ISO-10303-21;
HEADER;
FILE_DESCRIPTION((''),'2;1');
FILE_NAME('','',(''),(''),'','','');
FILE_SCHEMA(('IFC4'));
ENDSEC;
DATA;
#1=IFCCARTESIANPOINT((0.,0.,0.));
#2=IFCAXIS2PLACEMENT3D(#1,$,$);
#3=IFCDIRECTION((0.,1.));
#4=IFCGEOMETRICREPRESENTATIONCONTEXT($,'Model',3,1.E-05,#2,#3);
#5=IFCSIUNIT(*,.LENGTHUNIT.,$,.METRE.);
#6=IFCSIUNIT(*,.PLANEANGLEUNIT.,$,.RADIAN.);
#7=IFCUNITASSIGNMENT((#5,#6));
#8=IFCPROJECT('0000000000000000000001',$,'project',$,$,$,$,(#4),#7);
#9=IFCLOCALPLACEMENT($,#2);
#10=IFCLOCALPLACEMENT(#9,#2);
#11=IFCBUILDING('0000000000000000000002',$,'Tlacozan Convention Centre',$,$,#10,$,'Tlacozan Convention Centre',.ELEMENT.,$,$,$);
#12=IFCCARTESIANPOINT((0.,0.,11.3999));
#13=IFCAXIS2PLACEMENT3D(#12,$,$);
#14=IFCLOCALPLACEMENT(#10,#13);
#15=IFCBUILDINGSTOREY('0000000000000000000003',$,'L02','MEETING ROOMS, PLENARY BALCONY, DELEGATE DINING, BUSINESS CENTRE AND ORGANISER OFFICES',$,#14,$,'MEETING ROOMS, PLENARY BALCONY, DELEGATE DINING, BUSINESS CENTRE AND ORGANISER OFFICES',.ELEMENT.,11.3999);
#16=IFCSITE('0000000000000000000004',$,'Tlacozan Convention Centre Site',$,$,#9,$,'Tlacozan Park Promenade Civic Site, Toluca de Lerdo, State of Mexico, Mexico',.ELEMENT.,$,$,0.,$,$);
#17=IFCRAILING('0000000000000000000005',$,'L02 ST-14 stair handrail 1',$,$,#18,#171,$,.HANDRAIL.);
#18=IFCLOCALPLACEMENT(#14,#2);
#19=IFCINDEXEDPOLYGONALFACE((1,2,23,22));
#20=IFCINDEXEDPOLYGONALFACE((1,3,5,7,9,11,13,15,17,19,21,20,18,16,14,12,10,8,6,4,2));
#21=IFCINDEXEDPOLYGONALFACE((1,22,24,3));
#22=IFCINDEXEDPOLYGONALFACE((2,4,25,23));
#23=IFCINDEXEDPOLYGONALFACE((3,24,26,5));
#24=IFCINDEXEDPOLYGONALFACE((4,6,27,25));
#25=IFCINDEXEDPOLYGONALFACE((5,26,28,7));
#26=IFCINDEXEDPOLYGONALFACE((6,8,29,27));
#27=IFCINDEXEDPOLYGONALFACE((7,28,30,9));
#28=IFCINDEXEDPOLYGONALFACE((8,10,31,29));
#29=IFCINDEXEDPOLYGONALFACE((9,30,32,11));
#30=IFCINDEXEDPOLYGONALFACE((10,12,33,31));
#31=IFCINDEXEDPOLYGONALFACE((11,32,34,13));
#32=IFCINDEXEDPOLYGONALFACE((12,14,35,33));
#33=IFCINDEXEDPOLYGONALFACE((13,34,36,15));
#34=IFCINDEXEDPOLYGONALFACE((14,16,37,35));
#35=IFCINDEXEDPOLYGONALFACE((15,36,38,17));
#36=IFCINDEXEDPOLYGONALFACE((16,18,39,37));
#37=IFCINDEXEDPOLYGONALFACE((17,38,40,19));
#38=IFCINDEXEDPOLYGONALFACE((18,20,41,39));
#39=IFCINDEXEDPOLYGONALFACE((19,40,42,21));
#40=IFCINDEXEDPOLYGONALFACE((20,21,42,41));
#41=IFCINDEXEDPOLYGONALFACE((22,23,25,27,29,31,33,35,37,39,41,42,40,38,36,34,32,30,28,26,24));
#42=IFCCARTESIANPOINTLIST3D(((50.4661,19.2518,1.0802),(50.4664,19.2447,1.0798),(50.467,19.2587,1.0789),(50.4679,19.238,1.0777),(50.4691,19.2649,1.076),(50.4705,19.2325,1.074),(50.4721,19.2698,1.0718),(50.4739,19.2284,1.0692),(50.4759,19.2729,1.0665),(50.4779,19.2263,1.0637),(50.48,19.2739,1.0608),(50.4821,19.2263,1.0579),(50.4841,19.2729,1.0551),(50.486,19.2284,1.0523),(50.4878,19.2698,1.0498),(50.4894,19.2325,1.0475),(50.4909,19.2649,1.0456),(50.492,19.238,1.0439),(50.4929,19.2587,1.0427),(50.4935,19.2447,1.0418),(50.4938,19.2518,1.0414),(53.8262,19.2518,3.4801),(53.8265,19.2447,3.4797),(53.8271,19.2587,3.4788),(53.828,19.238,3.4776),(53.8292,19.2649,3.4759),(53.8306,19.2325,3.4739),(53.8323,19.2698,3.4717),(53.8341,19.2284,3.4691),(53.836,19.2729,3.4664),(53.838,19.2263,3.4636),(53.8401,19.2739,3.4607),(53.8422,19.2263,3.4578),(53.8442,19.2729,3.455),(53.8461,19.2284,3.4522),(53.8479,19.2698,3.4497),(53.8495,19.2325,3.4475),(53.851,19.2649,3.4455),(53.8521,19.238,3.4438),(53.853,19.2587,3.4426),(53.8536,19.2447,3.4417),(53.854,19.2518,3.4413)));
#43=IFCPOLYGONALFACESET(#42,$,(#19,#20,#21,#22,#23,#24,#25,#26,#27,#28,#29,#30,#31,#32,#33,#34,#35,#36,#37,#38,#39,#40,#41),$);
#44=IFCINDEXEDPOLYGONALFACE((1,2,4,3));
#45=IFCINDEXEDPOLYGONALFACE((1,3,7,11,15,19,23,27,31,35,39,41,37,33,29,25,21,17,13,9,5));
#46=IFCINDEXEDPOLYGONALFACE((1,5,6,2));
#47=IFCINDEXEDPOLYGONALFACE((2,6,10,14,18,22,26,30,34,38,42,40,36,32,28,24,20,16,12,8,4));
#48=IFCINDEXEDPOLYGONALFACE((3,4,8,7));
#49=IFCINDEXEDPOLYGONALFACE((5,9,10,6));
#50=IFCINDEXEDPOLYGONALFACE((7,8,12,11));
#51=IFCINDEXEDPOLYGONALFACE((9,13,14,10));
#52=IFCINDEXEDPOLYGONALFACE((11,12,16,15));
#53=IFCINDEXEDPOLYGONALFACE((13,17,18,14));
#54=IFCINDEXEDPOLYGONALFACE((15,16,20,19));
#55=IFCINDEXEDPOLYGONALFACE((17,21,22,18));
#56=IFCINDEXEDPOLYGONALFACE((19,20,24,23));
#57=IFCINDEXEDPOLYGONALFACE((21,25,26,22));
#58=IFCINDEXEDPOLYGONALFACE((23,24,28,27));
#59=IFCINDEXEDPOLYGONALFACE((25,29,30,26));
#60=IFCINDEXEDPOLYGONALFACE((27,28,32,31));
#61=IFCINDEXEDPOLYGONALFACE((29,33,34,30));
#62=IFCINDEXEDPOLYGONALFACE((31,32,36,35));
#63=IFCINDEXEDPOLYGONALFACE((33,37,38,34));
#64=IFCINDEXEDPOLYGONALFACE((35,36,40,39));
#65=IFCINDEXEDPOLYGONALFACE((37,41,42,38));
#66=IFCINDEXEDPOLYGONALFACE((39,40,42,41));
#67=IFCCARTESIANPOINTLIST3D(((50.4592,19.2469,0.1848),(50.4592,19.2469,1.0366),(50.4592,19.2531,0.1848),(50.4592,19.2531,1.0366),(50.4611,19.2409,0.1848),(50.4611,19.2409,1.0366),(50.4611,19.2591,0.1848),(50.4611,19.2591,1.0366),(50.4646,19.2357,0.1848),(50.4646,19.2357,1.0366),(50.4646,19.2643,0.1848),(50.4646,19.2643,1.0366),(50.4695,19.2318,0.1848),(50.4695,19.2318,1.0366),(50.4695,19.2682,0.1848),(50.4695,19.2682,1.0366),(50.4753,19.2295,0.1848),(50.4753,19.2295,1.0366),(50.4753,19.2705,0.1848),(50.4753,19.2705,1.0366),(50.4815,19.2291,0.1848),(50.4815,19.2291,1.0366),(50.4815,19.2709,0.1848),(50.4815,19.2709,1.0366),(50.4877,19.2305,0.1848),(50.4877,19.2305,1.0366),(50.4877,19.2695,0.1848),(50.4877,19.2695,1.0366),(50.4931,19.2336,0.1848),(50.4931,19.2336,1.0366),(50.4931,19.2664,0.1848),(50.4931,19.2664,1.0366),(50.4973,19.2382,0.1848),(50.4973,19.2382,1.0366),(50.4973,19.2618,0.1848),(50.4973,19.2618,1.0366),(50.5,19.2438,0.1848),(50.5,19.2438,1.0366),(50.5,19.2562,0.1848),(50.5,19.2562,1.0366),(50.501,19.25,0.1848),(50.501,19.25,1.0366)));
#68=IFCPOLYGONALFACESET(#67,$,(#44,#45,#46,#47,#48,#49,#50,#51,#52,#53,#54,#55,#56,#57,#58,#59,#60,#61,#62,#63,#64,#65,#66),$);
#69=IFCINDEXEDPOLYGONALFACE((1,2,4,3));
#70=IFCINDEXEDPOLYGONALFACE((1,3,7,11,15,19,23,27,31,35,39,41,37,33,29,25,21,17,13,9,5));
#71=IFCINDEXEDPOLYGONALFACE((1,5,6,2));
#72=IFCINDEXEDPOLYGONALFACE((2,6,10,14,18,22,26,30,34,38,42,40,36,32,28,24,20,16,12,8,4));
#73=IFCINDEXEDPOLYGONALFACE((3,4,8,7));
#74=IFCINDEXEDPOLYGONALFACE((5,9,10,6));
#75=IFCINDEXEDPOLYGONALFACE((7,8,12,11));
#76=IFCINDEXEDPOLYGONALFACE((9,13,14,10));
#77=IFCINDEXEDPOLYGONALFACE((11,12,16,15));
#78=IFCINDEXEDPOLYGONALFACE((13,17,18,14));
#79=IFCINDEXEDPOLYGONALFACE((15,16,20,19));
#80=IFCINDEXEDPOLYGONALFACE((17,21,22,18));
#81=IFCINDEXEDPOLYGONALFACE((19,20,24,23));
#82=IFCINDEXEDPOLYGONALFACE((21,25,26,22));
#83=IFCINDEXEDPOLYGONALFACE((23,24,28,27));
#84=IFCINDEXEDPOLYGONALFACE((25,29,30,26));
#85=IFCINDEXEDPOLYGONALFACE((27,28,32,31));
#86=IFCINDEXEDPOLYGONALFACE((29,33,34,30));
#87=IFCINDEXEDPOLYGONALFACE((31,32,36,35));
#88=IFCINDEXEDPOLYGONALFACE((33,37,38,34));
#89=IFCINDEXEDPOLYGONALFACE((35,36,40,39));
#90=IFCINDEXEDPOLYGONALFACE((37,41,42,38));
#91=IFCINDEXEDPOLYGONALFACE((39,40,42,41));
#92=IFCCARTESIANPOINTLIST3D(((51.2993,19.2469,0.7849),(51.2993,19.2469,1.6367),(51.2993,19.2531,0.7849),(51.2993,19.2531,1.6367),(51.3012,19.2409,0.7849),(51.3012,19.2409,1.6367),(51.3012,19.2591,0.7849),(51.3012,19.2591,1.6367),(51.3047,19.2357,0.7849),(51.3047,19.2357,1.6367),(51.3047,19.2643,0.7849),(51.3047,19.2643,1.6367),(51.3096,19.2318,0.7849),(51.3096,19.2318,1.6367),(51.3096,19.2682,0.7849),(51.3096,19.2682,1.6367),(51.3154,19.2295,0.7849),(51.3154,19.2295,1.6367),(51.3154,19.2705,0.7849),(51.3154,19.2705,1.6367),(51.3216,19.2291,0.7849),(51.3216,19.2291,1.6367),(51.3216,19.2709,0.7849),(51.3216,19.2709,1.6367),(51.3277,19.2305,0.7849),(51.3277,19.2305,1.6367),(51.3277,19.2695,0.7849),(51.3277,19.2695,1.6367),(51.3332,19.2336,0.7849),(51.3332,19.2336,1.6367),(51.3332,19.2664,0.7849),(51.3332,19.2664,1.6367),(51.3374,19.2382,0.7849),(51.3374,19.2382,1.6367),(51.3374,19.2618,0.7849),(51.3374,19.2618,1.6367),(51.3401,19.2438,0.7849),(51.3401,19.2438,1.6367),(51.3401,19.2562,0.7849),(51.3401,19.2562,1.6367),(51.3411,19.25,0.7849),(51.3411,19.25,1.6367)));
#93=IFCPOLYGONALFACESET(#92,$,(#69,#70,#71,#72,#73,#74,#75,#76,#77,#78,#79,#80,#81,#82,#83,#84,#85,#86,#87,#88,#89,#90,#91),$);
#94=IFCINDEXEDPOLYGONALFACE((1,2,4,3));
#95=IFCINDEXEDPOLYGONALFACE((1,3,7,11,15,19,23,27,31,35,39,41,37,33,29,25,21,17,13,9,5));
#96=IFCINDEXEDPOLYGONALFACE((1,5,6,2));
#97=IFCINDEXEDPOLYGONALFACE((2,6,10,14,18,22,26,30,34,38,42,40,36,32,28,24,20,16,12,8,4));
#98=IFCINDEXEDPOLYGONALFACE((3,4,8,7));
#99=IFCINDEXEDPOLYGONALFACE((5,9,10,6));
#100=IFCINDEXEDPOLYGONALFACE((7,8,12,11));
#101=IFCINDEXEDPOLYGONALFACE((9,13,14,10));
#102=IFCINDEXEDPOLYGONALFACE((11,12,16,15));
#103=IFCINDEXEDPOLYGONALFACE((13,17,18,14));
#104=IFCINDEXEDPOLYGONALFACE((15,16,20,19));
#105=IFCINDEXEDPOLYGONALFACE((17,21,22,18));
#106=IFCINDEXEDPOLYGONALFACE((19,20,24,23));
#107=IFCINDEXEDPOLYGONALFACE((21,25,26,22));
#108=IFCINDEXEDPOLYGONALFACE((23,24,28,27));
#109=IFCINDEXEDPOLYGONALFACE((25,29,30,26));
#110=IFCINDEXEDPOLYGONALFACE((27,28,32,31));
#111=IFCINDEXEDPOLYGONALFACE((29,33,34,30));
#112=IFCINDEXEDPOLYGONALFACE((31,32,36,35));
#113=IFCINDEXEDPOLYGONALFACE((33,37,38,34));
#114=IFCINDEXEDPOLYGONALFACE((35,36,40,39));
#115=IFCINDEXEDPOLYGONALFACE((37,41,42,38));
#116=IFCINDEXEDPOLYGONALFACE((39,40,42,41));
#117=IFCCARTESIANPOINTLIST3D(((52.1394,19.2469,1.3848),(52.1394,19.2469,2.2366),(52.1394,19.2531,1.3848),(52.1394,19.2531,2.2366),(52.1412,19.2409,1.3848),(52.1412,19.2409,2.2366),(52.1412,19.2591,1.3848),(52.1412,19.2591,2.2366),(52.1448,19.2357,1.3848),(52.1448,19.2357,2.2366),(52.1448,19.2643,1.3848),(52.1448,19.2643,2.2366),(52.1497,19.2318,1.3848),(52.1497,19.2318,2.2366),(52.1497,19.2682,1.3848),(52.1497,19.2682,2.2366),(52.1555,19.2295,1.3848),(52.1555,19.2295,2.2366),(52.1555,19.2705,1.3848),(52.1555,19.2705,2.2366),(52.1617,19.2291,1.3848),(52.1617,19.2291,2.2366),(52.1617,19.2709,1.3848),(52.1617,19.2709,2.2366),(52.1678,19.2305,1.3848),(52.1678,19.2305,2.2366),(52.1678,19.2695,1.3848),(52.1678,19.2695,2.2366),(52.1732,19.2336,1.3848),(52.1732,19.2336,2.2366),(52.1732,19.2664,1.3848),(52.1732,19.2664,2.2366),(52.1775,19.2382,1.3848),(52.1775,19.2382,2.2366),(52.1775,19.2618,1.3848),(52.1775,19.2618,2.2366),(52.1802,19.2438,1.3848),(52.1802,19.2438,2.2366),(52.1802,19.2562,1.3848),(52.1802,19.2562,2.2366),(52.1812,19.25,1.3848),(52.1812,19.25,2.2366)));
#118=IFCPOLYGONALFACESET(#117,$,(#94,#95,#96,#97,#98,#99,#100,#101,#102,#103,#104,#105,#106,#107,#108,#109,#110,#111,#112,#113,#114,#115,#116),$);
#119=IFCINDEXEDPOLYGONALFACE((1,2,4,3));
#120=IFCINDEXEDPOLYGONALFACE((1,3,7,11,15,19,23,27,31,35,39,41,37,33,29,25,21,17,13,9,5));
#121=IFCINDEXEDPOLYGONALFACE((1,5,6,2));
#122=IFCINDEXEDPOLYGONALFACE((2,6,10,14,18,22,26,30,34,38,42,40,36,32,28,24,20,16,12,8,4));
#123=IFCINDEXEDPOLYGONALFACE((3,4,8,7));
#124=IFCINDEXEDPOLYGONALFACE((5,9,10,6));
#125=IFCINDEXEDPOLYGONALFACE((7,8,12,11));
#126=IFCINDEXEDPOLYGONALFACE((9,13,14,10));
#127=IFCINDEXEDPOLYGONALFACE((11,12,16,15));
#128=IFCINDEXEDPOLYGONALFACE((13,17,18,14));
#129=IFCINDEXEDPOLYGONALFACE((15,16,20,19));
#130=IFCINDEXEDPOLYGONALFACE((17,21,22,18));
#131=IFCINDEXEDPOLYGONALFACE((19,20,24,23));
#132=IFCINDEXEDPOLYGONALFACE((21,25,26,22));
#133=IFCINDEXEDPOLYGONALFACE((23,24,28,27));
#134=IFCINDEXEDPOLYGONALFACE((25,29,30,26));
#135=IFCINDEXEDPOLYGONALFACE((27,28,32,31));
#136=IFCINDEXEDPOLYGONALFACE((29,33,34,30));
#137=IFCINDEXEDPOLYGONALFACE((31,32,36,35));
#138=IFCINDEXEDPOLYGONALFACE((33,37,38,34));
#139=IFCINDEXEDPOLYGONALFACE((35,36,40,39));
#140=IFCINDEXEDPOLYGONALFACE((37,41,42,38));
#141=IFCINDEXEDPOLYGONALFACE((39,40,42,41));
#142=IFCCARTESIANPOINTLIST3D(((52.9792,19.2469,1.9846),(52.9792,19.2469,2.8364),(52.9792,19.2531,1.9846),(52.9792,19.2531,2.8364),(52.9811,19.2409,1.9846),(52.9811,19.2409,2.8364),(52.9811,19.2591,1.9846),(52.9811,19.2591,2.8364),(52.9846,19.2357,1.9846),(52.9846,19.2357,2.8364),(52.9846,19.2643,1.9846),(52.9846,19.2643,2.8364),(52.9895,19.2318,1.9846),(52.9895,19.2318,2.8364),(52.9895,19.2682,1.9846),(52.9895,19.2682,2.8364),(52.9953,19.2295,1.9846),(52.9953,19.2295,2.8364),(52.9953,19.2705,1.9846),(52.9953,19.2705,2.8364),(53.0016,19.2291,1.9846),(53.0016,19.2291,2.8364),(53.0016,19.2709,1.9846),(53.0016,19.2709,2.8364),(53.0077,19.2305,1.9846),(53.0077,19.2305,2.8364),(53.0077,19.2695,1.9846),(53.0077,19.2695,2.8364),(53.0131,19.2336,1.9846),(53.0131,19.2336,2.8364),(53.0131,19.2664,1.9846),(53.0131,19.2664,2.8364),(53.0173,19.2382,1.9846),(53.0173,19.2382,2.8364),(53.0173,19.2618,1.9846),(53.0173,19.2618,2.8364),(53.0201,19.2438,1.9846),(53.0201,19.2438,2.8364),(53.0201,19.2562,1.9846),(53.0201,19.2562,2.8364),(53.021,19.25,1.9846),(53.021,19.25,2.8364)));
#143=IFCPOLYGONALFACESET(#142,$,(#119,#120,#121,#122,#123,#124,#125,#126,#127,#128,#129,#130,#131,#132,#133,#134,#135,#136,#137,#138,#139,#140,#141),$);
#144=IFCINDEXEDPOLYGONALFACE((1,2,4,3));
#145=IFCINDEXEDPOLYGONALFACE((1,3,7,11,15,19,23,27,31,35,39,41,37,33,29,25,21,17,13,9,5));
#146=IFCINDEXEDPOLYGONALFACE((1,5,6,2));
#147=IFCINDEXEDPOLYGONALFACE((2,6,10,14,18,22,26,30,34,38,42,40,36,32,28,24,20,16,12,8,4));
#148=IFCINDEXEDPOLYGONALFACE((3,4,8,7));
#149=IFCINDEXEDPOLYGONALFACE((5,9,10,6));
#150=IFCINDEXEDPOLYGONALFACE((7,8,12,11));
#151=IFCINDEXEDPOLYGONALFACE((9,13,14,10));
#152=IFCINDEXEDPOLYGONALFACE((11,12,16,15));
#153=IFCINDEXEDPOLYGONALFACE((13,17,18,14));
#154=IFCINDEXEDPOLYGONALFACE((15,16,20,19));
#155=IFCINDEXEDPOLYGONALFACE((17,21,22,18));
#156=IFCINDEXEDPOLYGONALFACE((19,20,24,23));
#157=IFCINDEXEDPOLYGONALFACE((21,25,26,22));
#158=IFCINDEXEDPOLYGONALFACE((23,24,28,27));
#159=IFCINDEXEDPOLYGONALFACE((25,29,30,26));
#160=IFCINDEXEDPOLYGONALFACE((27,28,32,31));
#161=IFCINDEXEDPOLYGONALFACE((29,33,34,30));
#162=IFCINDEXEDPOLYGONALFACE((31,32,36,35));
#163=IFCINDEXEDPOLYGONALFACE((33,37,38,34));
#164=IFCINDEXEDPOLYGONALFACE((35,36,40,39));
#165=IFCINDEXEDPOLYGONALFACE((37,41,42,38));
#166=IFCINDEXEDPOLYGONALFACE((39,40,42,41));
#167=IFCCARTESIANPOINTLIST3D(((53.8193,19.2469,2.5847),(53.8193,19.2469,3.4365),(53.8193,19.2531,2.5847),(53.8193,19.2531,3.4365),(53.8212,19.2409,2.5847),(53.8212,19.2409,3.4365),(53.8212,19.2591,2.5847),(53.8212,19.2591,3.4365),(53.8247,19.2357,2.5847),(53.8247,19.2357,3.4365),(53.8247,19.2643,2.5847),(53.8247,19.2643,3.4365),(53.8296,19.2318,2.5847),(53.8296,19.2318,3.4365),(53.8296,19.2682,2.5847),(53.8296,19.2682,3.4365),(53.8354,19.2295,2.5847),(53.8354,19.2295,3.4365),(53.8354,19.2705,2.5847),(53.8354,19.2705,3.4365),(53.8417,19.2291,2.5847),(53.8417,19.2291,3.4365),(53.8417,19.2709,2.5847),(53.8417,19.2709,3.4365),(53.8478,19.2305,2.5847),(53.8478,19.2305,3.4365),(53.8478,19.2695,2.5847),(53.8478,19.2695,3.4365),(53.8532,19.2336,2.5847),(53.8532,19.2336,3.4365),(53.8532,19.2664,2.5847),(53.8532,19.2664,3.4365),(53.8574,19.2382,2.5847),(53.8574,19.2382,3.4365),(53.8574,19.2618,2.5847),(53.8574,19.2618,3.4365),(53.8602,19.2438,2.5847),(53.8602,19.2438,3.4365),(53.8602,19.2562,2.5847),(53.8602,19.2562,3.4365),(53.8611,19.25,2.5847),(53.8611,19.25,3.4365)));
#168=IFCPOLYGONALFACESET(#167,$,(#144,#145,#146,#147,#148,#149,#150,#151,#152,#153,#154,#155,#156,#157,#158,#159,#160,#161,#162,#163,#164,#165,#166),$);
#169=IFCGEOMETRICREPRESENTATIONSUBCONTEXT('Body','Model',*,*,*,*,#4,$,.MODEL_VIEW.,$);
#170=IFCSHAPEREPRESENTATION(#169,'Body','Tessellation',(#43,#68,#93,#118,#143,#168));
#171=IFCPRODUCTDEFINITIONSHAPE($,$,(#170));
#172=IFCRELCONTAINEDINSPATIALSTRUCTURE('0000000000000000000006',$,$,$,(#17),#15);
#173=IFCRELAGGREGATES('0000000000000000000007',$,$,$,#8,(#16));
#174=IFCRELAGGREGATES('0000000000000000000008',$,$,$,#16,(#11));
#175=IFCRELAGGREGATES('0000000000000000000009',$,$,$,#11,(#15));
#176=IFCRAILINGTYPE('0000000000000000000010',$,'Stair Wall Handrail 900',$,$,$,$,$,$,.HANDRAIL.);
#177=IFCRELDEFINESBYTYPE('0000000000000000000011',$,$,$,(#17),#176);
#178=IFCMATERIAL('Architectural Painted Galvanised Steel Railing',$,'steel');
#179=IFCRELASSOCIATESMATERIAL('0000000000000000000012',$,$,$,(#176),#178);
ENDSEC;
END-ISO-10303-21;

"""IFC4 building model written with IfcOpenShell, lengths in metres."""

from ifc_helpers import new_model, si_unit, direction, frame, origin, origin_2d, place, context, subcontext, project, spatial, circle, extrude, material, type_object, element, save


model = new_model("IFC4")

# Units and contexts
model_context = context("Model", 3, precision=1e-05, world=origin(), true_north=direction((0.0, 1.0)))
body_context = subcontext(model_context, "Body", "Model", "MODEL_VIEW")
ifc_project = project(units=[si_unit("LENGTHUNIT", "METRE"), si_unit("PLANEANGLEUNIT", "RADIAN")], contexts=[model_context])

# Site, building, storey
site_placement = place(None, origin())
site = spatial("IfcSite", under=ifc_project, at=site_placement, Name="Tlacozan Convention Centre Site", LongName="Tlacozan Park Promenade Civic Site, Toluca de Lerdo, State of Mexico, Mexico", CompositionType="ELEMENT", RefElevation=0.0)
building_placement = place(site_placement, origin())
building = spatial("IfcBuilding", under=site, at=building_placement, Name="Tlacozan Convention Centre", LongName="Tlacozan Convention Centre", CompositionType="ELEMENT")
storey_placement = place(building_placement, frame((0.0, 0.0, 11.3999)))
storey = spatial("IfcBuildingStorey", under=building, at=storey_placement, Name="L02", Description="MEETING ROOMS, PLENARY BALCONY, DELEGATE DINING, BUSINESS CENTRE AND ORGANISER OFFICES", LongName="MEETING ROOMS, PLENARY BALCONY, DELEGATE DINING, BUSINESS CENTRE AND ORGANISER OFFICES", CompositionType="ELEMENT", Elevation=11.3999)

# Railing
ifc_material_1 = material(Name="Architectural Painted Galvanised Steel Railing", Category="steel")
railing_type_1 = type_object("IfcRailingType", Name="Stair Wall Handrail 900", PredefinedType="HANDRAIL", material=ifc_material_1)
railing_1_placement = place(storey_placement, frame((50.48, 19.25, 0.1848)))
element("IfcRailing", 1, at=railing_1_placement, inside=storey, type_object=railing_type_1, Name="L02 ST-14 stair handrail 1", PredefinedType="HANDRAIL", context=body_context, shape_type="SweptSolid", body=[
    extrude(circle(Radius=0.0239, at=origin_2d()), frame((0.0, 0.0, 0.876), z_axis=(0.813753, 0.0, 0.58121), x_axis=(0.0, 1.0, 0.0)), (0.0, 0.0, 1.0), 4.1292),
    extrude(circle(Radius=0.021, at=origin_2d()), origin(), (0.0, 0.0, 1.0), 0.8518),
    extrude(circle(Radius=0.021, at=origin_2d()), frame((0.8401, 0.0, 0.6001)), (0.0, 0.0, 1.0), 0.8518),
    extrude(circle(Radius=0.021, at=origin_2d()), frame((1.6802, 0.0, 1.2)), (0.0, 0.0, 1.0), 0.8518),
    extrude(circle(Radius=0.021, at=origin_2d()), frame((2.52, 0.0, 1.7998)), (0.0, 0.0, 1.0), 0.8518),
    extrude(circle(Radius=0.021, at=origin_2d()), frame((3.3601, 0.0, 2.3999)), (0.0, 0.0, 1.0), 0.8518),
])

save(model, "model.ifc")
